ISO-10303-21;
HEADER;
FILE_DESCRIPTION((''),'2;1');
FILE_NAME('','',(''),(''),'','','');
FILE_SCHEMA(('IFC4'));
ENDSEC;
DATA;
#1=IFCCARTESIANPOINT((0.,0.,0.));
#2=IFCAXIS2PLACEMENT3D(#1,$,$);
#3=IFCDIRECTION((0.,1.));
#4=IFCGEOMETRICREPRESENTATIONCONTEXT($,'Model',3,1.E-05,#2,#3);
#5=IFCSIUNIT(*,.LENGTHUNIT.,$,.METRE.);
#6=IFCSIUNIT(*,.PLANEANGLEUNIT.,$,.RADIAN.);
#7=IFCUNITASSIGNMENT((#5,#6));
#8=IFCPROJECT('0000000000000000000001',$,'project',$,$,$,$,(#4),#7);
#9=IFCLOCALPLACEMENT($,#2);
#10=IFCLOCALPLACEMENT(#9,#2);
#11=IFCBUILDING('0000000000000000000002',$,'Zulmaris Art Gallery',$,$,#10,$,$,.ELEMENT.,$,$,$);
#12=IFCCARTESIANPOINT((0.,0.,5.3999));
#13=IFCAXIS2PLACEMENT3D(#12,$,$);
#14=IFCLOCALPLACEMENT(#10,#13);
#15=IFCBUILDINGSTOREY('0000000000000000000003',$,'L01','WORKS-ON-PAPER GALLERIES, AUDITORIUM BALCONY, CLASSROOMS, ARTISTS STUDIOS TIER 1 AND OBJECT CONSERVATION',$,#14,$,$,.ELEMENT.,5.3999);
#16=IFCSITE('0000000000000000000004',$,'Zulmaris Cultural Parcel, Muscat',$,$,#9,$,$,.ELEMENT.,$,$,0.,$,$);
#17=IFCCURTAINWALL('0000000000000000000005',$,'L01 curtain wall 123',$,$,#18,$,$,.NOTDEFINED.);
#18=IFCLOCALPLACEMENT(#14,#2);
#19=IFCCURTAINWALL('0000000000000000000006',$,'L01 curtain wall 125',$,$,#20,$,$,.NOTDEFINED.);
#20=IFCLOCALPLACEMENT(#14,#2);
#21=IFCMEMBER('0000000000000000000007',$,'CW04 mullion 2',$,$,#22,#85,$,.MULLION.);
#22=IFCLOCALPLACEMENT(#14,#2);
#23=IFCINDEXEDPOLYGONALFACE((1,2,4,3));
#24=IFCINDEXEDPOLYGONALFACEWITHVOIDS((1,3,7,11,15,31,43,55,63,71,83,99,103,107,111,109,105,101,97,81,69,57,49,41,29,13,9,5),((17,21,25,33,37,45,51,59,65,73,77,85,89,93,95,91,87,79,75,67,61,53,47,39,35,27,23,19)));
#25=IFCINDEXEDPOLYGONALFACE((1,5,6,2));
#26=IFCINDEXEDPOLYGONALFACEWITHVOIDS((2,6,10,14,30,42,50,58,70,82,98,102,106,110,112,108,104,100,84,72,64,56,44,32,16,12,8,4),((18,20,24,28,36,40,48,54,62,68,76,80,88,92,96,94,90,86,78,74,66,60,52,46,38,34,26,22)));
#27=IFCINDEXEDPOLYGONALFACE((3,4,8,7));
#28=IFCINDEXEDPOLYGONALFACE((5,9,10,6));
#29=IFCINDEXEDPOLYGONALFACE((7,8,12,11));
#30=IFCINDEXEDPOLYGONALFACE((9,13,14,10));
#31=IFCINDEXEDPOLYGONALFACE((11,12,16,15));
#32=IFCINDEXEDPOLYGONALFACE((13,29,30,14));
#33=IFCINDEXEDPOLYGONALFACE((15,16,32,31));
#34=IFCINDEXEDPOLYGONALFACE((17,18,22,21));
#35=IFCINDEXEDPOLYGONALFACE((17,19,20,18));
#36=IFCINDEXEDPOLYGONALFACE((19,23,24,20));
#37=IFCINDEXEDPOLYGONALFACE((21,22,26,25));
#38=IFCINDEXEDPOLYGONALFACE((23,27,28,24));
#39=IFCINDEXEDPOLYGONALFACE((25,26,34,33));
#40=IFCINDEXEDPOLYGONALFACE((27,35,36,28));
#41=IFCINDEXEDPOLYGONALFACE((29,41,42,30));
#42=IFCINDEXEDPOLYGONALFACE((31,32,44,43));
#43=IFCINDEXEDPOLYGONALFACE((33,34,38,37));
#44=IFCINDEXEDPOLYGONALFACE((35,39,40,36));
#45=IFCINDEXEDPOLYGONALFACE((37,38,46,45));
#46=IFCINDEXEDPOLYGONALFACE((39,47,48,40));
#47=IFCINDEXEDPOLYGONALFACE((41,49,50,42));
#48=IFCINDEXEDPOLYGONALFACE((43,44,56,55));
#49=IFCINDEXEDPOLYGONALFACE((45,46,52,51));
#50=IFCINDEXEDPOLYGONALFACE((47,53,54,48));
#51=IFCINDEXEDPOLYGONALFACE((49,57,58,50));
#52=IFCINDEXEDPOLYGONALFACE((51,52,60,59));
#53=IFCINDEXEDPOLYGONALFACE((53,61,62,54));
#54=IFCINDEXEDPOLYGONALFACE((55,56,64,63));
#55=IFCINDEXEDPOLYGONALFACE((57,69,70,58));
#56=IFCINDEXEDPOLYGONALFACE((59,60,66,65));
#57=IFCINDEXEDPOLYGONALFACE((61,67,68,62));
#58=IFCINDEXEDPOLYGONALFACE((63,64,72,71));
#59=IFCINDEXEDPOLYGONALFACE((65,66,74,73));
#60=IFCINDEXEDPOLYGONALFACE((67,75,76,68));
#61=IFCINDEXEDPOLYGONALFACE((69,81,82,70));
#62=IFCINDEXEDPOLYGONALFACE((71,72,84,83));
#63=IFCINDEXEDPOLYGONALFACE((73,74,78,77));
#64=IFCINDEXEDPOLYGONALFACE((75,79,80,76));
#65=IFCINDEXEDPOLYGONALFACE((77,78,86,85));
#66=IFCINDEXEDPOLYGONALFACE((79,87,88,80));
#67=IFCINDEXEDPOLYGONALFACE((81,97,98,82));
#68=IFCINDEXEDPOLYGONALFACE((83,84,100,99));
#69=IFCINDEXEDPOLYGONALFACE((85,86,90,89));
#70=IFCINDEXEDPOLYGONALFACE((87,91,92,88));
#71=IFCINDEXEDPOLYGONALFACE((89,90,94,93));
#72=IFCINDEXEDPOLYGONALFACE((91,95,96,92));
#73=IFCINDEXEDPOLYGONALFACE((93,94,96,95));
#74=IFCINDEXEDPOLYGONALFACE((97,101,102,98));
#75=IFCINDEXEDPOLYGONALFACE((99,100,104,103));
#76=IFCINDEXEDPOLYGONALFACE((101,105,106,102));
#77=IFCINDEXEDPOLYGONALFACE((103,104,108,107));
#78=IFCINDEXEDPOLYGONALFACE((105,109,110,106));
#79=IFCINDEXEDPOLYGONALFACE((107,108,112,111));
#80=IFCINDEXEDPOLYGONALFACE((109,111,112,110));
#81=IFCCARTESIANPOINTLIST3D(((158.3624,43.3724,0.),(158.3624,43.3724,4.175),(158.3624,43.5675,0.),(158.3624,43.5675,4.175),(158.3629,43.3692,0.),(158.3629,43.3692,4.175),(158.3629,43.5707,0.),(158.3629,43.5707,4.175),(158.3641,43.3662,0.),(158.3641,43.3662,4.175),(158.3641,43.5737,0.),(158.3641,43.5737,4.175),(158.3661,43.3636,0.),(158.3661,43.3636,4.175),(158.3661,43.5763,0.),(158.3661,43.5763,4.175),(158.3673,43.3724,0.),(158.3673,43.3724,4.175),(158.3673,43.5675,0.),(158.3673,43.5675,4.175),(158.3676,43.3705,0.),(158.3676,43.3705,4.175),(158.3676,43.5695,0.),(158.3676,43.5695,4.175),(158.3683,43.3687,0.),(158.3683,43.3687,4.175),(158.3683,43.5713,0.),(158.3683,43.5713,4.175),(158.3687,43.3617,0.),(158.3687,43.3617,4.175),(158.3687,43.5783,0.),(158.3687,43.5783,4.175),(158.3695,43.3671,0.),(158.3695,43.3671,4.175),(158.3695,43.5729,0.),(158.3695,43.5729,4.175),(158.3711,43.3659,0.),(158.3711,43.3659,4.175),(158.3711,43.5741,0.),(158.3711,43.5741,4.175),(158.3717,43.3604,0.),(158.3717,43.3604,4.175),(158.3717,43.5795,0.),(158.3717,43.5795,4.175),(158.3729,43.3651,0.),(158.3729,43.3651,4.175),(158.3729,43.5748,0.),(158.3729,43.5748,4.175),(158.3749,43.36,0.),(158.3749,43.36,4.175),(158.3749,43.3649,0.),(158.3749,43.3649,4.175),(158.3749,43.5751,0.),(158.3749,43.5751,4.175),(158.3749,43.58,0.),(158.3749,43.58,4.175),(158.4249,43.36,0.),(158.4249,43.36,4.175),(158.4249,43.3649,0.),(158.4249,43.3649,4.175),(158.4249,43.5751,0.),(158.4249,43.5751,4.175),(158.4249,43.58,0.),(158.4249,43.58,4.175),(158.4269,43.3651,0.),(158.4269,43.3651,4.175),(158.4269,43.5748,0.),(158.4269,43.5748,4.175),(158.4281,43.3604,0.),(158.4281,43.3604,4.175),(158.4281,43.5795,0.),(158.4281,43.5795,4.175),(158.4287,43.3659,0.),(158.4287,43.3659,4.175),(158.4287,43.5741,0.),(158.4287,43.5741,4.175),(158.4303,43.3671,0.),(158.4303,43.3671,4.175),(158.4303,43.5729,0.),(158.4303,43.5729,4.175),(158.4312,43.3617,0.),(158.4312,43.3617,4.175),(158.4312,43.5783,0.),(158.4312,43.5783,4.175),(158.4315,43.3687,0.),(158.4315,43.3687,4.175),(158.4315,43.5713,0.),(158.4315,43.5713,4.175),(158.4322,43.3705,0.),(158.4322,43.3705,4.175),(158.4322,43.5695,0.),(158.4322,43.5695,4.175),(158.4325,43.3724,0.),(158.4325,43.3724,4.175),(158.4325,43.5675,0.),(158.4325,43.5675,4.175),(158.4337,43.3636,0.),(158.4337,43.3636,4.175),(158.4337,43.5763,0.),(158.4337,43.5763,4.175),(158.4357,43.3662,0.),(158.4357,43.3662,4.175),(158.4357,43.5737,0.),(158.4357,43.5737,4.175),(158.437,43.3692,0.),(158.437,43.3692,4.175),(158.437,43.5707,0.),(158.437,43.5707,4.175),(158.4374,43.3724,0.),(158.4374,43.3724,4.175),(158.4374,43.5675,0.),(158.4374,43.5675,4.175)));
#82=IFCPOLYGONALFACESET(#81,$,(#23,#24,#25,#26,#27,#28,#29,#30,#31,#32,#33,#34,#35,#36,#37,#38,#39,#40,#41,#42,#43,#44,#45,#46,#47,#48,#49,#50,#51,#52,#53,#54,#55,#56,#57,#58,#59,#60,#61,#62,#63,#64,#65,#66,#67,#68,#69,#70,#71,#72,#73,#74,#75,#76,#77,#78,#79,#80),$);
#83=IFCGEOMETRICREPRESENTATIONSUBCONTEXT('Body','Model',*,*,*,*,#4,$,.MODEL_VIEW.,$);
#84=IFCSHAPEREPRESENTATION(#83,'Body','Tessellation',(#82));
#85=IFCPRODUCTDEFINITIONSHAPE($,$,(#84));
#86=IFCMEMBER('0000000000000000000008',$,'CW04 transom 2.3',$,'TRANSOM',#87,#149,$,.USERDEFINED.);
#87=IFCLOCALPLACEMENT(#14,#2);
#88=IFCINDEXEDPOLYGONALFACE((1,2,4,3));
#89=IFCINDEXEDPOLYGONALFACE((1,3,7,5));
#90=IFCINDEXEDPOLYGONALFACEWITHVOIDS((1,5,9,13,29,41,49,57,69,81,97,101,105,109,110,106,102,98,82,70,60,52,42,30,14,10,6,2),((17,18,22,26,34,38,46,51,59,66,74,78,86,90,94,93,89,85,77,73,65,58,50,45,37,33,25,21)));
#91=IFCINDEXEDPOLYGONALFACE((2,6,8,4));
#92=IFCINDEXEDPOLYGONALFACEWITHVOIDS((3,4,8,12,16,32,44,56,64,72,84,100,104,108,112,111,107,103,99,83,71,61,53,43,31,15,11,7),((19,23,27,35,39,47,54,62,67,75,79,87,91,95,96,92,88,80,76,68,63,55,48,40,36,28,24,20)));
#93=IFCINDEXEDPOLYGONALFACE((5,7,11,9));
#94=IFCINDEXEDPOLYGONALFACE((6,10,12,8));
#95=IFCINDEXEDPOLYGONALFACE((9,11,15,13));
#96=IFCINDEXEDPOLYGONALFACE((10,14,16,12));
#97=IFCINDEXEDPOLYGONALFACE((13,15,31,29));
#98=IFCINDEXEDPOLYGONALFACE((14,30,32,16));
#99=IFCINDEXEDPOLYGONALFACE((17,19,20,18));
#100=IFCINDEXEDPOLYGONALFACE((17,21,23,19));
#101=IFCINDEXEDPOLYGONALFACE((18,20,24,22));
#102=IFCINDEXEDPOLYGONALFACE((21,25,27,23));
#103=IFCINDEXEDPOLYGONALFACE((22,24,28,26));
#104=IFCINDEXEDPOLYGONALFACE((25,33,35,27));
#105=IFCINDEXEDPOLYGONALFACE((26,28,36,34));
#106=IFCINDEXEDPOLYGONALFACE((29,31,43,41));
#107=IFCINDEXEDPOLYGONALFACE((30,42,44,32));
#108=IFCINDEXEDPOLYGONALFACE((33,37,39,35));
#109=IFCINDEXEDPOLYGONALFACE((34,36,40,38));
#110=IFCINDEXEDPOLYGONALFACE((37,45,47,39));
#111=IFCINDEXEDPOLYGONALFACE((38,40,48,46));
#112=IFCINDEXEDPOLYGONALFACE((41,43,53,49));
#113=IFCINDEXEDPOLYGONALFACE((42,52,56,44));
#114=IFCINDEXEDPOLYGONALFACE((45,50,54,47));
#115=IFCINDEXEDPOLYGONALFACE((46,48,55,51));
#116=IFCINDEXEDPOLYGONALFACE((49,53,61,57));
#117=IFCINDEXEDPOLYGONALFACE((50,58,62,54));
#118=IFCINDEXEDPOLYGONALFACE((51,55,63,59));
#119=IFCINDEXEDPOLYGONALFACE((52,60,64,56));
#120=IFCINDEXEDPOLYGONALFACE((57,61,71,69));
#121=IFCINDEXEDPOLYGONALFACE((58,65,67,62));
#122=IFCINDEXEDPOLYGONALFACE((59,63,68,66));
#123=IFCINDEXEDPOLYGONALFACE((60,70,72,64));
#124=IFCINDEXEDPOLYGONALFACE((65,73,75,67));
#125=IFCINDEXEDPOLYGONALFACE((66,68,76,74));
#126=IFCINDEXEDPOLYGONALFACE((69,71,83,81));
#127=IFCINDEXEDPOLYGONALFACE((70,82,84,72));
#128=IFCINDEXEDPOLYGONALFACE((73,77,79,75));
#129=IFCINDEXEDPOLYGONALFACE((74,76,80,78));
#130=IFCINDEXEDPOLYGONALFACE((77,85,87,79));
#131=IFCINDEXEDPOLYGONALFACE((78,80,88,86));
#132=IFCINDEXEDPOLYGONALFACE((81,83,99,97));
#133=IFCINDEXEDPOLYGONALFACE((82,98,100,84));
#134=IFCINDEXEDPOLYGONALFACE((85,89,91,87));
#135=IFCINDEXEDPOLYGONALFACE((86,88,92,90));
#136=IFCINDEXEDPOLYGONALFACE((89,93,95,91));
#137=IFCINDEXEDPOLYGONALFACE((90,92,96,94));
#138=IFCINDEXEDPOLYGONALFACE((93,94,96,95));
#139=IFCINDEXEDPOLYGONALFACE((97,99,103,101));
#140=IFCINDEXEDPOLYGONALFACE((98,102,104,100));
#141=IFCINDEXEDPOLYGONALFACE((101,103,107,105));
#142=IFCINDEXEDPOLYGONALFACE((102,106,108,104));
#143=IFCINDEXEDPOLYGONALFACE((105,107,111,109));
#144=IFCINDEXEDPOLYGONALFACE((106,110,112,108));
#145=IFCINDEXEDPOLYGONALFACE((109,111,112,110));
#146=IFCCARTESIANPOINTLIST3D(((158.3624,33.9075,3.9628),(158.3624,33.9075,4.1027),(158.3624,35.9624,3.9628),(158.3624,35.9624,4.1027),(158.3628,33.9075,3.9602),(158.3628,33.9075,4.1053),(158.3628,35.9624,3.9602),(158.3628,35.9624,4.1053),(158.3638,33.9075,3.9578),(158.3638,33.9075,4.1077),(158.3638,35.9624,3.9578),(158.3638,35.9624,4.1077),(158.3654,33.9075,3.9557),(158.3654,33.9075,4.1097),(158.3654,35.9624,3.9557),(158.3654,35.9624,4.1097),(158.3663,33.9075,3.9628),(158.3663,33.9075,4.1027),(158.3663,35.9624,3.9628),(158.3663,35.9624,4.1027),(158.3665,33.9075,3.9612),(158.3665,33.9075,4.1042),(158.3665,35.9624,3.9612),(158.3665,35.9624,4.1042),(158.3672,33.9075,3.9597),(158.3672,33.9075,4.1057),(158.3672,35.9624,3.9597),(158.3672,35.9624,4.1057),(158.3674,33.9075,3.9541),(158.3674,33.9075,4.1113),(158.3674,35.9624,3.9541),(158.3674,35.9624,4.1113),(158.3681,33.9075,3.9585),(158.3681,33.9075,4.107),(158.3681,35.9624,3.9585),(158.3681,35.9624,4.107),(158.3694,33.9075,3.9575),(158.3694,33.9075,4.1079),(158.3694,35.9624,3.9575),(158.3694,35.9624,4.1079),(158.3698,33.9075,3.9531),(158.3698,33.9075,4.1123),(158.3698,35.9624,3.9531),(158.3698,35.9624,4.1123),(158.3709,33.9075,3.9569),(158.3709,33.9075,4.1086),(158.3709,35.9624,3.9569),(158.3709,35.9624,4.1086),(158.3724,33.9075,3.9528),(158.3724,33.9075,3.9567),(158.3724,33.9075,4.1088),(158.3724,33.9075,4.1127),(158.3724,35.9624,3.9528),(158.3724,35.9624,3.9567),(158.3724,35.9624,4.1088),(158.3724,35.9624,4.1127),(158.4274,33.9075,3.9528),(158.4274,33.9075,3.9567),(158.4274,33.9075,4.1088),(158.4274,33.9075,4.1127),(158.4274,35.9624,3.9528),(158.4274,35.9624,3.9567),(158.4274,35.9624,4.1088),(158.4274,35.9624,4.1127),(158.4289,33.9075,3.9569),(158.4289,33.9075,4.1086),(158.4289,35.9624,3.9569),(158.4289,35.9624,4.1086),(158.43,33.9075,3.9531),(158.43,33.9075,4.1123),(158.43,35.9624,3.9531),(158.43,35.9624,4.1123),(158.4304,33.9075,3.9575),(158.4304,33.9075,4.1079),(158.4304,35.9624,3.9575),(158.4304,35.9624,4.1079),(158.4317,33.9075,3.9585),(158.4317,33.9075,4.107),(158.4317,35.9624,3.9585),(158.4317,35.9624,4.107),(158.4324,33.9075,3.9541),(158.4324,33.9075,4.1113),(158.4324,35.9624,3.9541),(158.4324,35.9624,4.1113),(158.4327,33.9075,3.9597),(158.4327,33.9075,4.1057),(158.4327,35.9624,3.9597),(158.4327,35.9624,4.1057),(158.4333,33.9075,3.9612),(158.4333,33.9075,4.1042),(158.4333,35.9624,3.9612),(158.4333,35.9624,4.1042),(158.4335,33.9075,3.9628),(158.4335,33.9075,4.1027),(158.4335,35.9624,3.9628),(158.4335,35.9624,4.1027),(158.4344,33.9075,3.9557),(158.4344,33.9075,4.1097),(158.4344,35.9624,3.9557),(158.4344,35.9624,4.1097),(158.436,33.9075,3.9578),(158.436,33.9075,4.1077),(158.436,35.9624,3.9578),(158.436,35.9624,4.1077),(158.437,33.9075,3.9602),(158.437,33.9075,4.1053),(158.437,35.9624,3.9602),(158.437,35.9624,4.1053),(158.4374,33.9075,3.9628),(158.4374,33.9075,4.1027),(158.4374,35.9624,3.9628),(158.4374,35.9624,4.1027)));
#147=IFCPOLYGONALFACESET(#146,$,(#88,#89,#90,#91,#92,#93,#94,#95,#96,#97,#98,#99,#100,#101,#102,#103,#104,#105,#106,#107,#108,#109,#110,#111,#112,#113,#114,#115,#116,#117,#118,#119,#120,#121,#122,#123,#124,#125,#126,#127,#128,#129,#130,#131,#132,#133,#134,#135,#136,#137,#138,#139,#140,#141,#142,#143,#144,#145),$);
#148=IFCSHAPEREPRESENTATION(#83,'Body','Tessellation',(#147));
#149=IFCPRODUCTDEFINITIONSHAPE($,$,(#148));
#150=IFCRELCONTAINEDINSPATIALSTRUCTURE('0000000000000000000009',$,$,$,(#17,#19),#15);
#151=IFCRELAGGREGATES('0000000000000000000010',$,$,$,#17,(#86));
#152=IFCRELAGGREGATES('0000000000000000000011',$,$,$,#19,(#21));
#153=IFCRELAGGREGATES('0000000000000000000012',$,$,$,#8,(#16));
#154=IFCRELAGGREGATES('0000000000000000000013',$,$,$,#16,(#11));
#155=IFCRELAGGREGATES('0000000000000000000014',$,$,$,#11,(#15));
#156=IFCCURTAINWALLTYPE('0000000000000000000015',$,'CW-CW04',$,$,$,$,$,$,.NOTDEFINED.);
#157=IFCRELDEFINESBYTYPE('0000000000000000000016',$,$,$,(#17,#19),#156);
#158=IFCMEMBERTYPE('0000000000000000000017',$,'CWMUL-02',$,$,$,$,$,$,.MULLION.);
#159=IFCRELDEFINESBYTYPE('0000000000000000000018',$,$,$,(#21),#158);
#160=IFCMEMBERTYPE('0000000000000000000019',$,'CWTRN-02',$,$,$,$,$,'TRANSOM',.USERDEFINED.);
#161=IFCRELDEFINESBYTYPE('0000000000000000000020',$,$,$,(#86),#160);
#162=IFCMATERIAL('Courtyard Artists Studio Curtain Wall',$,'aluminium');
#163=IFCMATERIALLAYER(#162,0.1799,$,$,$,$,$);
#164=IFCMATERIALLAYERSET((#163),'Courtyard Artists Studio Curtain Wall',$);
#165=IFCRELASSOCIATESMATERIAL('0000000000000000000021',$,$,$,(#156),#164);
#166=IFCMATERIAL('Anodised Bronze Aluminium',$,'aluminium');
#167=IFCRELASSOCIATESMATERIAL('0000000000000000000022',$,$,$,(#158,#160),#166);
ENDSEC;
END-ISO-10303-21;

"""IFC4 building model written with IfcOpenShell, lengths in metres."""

from ifc_helpers import new_model, si_unit, direction, frame, origin, origin_2d, place, context, subcontext, project, spatial, hollow_rectangle, extrude, material, layer, layer_set, material_profile, profile_set, type_object, element, aggregate, save


model = new_model("IFC4")

# Units and contexts
model_context = context("Model", 3, precision=1e-05, world=origin(), true_north=direction((0.0, 1.0)))
body_context = subcontext(model_context, "Body", "Model", "MODEL_VIEW")
ifc_project = project(units=[si_unit("LENGTHUNIT", "METRE"), si_unit("PLANEANGLEUNIT", "RADIAN")], contexts=[model_context])

# Site, building, storey
site_placement = place(None, origin())
site = spatial("IfcSite", under=ifc_project, at=site_placement, Name="Zulmaris Cultural Parcel, Muscat", CompositionType="ELEMENT", RefElevation=0.0)
building_placement = place(site_placement, origin())
building = spatial("IfcBuilding", under=site, at=building_placement, Name="Zulmaris Art Gallery", CompositionType="ELEMENT")
storey_placement = place(building_placement, frame((0.0, 0.0, 5.3999)))
storey = spatial("IfcBuildingStorey", under=building, at=storey_placement, Name="L01", Description="WORKS-ON-PAPER GALLERIES, AUDITORIUM BALCONY, CLASSROOMS, ARTISTS STUDIOS TIER 1 AND OBJECT CONSERVATION", CompositionType="ELEMENT", Elevation=5.3999)

# Curtain walls, member
ifc_material_1 = material(Name="Courtyard Artists Studio Curtain Wall", Category="aluminium")
ifc_layer_1 = layer(ifc_material_1, 0.1799)
ifc_layer_set_1 = layer_set([ifc_layer_1], Name="Courtyard Artists Studio Curtain Wall")
curtain_wall_type = type_object("IfcCurtainWallType", Name="CW-CW04", PredefinedType="NOTDEFINED", material=ifc_layer_set_1)
curtain_wall_1_placement = place(storey_placement, origin())
curtain_wall_1 = element("IfcCurtainWall", 1, at=curtain_wall_1_placement, inside=storey, type_object=curtain_wall_type, Name="L01 curtain wall 123", PredefinedType="NOTDEFINED")
ifc_material_2 = material(Name="Anodised Bronze Aluminium", Category="aluminium")
ifc_material_profile_1 = material_profile(ifc_material_2, hollow_rectangle(XDim=0.075, YDim=0.22, WallThickness=0.0049, InnerFilletRadius=0.0076, OuterFilletRadius=0.0125, at=origin_2d()), Name="ALU 75x220x5")
ifc_profile_set_1 = profile_set([ifc_material_profile_1], Name="Anodised Bronze Aluminium")
member_type_1 = type_object("IfcMemberType", Name="CWMUL-02", PredefinedType="MULLION", material=ifc_profile_set_1)
curtain_wall_2_placement = place(storey_placement, origin())
curtain_wall_2 = element("IfcCurtainWall", 2, at=curtain_wall_2_placement, inside=storey, type_object=curtain_wall_type, Name="L01 curtain wall 125", PredefinedType="NOTDEFINED")
member_1_placement = place(storey_placement, frame((158.3999, 43.47, 0.0), z_axis=(0.0, 0.0, 1.0), x_axis=(-1.0, 0.0, 0.0)))
member_1 = element("IfcMember", 3, at=member_1_placement, type_object=member_type_1, Name="CW04 mullion 2", PredefinedType="MULLION", context=body_context, shape_type="SweptSolid", body=[
    extrude(hollow_rectangle(XDim=0.075, YDim=0.22, WallThickness=0.0049, InnerFilletRadius=0.0076, OuterFilletRadius=0.0125, at=origin_2d()), origin(), (0.0, 0.0, 1.0), 4.175),
])

# Member
ifc_material_profile_2 = material_profile(ifc_material_2, hollow_rectangle(XDim=0.075, YDim=0.1599, WallThickness=0.0039, InnerFilletRadius=0.0061, OuterFilletRadius=0.01, at=origin_2d()), Name="ALU 75x160x4")
ifc_profile_set_2 = profile_set([ifc_material_profile_2], Name="Anodised Bronze Aluminium")
member_type_2 = type_object("IfcMemberType", Name="CWTRN-02", ElementType="TRANSOM", PredefinedType="USERDEFINED", material=ifc_profile_set_2)
member_2_placement = place(storey_placement, frame((158.3999, 33.9075, 4.0327), z_axis=(0.0, 1.0, 0.0), x_axis=(-1.0, 0.0, 0.0)))
member_2 = element("IfcMember", 4, at=member_2_placement, type_object=member_type_2, Name="CW04 transom 2.3", ObjectType="TRANSOM", PredefinedType="USERDEFINED", context=body_context, shape_type="SweptSolid", body=[
    extrude(hollow_rectangle(XDim=0.075, YDim=0.1599, WallThickness=0.0039, InnerFilletRadius=0.0061, OuterFilletRadius=0.01, at=origin_2d()), origin(), (0.0, 0.0, 1.0), 2.0549),
])

aggregate(curtain_wall_1, [member_2])
aggregate(curtain_wall_2, [member_1])

save(model, "model.ifc")
